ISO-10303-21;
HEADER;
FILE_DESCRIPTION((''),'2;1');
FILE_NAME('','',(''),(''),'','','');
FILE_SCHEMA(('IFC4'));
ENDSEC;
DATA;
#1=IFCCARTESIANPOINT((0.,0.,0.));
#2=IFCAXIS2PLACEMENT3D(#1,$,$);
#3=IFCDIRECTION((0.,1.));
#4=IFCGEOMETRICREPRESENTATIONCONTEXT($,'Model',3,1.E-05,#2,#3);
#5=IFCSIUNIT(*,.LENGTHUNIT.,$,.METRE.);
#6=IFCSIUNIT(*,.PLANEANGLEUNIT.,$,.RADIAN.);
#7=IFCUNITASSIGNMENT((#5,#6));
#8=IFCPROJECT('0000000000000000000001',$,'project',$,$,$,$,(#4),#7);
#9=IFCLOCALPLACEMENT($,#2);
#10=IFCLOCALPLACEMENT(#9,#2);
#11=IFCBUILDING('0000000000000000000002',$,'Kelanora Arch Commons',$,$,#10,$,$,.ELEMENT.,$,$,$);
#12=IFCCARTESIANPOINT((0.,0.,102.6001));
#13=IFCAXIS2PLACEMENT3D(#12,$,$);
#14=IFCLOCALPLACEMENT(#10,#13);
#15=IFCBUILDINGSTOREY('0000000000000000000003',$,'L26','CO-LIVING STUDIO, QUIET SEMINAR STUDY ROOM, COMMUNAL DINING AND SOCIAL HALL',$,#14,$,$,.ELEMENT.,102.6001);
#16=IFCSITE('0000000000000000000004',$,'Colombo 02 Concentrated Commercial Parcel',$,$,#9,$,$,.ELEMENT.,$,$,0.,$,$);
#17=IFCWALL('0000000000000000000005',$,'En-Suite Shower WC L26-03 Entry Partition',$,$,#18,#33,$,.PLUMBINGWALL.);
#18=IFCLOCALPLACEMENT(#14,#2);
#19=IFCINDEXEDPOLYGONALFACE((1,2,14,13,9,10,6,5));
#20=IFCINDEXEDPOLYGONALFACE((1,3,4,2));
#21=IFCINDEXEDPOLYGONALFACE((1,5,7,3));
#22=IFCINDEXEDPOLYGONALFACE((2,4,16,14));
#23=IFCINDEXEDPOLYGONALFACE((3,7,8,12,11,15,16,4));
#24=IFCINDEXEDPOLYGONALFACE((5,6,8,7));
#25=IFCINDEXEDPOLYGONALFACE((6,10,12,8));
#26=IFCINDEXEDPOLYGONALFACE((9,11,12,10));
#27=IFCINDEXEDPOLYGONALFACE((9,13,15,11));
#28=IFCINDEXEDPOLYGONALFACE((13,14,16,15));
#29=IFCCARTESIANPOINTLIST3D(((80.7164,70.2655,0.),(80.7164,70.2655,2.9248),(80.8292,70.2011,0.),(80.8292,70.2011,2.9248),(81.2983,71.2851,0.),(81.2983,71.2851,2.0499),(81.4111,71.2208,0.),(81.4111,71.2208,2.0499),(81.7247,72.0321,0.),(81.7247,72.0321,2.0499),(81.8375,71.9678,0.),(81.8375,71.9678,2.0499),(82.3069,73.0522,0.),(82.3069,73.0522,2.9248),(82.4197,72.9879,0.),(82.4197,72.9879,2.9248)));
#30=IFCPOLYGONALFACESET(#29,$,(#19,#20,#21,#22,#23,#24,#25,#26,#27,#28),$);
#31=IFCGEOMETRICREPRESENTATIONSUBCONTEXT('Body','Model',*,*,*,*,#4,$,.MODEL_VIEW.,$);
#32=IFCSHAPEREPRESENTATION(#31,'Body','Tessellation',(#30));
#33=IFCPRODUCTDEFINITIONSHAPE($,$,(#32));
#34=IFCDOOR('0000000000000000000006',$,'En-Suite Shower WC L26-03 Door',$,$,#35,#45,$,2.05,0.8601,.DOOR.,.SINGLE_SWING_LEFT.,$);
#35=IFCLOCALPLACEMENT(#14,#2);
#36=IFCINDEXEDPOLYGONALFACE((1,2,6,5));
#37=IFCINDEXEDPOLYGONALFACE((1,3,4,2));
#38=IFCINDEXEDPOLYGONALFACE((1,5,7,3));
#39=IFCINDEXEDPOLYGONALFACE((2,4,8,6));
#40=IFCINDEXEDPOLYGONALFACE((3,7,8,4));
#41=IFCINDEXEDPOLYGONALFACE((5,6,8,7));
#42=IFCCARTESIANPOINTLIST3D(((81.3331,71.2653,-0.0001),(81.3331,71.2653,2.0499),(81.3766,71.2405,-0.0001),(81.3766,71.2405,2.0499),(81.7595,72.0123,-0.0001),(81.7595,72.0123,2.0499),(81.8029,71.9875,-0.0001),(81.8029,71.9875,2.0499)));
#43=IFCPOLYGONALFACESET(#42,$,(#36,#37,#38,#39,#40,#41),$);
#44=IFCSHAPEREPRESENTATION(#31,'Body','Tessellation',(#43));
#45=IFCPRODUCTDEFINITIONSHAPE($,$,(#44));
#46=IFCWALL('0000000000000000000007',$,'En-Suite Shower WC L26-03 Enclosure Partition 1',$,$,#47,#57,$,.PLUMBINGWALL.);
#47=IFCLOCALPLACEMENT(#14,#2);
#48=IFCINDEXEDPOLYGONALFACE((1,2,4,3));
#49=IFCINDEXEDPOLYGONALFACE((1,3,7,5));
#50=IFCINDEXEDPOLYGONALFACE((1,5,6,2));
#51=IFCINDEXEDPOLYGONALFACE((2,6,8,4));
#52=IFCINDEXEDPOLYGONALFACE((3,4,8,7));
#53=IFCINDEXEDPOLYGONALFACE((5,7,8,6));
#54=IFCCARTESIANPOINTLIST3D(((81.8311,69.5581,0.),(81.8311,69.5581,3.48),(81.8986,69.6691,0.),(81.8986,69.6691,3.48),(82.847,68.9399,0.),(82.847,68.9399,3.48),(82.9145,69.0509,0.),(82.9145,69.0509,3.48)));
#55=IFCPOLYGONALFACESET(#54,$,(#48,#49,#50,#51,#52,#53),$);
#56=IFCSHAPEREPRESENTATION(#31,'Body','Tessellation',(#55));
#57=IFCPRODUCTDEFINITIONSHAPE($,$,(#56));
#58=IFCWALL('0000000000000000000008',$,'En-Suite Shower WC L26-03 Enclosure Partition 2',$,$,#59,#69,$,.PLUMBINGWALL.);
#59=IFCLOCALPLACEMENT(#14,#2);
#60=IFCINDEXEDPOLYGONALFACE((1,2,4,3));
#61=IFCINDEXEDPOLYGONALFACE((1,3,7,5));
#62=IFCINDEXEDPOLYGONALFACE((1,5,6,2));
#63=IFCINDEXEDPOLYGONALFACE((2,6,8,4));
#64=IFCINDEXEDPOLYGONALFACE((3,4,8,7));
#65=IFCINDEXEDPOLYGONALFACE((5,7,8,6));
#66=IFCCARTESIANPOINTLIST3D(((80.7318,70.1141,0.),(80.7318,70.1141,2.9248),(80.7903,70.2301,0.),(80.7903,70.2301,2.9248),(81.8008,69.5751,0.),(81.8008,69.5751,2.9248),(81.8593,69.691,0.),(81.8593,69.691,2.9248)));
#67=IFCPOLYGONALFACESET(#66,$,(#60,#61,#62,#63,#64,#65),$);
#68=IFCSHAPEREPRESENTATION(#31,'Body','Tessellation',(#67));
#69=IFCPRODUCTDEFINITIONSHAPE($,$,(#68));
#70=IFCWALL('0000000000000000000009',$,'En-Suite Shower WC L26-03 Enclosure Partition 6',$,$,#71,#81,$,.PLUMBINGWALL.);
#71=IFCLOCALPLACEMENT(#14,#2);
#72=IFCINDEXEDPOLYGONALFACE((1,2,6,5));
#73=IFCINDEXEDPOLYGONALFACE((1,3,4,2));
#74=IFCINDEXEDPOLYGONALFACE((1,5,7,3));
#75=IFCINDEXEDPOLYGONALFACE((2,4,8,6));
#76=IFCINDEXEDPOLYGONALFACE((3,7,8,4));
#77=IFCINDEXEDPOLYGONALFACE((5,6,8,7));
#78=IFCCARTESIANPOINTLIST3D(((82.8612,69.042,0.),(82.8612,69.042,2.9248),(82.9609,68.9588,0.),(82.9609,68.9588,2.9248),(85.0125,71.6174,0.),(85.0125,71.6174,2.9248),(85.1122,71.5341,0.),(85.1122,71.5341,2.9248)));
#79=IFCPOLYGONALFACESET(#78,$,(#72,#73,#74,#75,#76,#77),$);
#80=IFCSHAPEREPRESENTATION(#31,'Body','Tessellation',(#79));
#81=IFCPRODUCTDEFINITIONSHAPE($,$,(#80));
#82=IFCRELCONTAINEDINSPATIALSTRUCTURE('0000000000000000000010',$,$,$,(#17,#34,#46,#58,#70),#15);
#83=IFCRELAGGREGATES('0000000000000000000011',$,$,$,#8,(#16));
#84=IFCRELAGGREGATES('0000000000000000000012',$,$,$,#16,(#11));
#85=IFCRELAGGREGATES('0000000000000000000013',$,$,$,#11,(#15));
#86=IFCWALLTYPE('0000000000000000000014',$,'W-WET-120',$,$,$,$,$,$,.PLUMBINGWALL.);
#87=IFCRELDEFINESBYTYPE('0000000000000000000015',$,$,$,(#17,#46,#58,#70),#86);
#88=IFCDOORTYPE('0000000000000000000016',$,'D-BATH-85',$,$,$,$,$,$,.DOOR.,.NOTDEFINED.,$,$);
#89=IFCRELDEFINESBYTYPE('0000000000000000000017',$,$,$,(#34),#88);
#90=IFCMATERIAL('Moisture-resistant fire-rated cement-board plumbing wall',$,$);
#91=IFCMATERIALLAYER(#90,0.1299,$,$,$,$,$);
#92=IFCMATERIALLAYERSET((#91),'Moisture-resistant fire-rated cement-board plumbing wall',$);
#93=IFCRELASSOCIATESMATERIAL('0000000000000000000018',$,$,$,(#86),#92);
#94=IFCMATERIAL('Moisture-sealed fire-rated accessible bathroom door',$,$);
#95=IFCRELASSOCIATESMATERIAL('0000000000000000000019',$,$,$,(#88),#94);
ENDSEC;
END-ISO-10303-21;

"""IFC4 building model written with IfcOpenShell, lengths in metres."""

from ifc_helpers import new_model, si_unit, direction, frame, frame_2d, origin, place, context, subcontext, project, spatial, rectangle, extrude, material, layer, layer_set, type_object, element, fill, save


model = new_model("IFC4")

# Units and contexts
model_context = context("Model", 3, precision=1e-05, world=origin(), true_north=direction((0.0, 1.0)))
body_context = subcontext(model_context, "Body", "Model", "MODEL_VIEW")
ifc_project = project(units=[si_unit("LENGTHUNIT", "METRE"), si_unit("PLANEANGLEUNIT", "RADIAN")], contexts=[model_context])

# Site, building, storey
site_placement = place(None, origin())
site = spatial("IfcSite", under=ifc_project, at=site_placement, Name="Colombo 02 Concentrated Commercial Parcel", CompositionType="ELEMENT", RefElevation=0.0)
building_placement = place(site_placement, origin())
building = spatial("IfcBuilding", under=site, at=building_placement, Name="Kelanora Arch Commons", CompositionType="ELEMENT")
storey_placement = place(building_placement, frame((0.0, 0.0, 102.6001)))
storey = spatial("IfcBuildingStorey", under=building, at=storey_placement, Name="L26", Description="CO-LIVING STUDIO, QUIET SEMINAR STUDY ROOM, COMMUNAL DINING AND SOCIAL HALL", CompositionType="ELEMENT", Elevation=102.6001)

# Wall, opening, door
ifc_material_1 = material(Name="Moisture-resistant fire-rated cement-board plumbing wall")
ifc_layer_1 = layer(ifc_material_1, 0.1299)
ifc_layer_set_1 = layer_set([ifc_layer_1], Name="Moisture-resistant fire-rated cement-board plumbing wall")
wall_type_1 = type_object("IfcWallType", Name="W-WET-120", PredefinedType="PLUMBINGWALL", material=ifc_layer_set_1)
wall_1_placement = place(storey_placement, frame((80.7727, 70.2332, 0.0), z_axis=(0.0, 0.0, 1.0), x_axis=(0.495688, 0.868501, 0.0)))
wall_1 = element("IfcWall", 1, at=wall_1_placement, inside=storey, type_object=wall_type_1, Name="En-Suite Shower WC L26-03 Entry Partition", PredefinedType="PLUMBINGWALL", context=body_context, shape_type="SweptSolid", body=[
    extrude(rectangle(XDim=3.2087, YDim=0.1299, at=frame_2d((1.6045, 0.0))), origin(), (0.0, 0.0, 1.0), 2.9248),
])
opening_1_placement = place(wall_1_placement, frame((1.1741, 0.0, 0.0)))
opening_1 = element("IfcOpeningElement", 2, at=opening_1_placement, cuts=wall_1, PredefinedType="OPENING", context=body_context, shape_type="SweptSolid", body=[
    extrude(rectangle(XDim=0.8601, YDim=2.05, at=frame_2d((0.4302, 1.0249))), frame((0.0, 0.075, 0.0), z_axis=(0.0, -1.0, 0.0), x_axis=(1.0, 0.0, 0.0)), (0.0, 0.0, 1.0), 0.1499),
])
ifc_material_2 = material(Name="Moisture-sealed fire-rated accessible bathroom door")
door_type_1 = type_object("IfcDoorType", Name="D-BATH-85", OperationType="NOTDEFINED", PredefinedType="DOOR", material=ifc_material_2)
door_1_placement = place(opening_1_placement, origin())
door_1 = element("IfcDoor", 3, at=door_1_placement, inside=storey, type_object=door_type_1, Name="En-Suite Shower WC L26-03 Door", OperationType="SINGLE_SWING_LEFT", OverallHeight=2.05, OverallWidth=0.8601, PredefinedType="DOOR", context=body_context, shape_type="SweptSolid", body=[
    extrude(rectangle(XDim=0.8601, YDim=2.05, at=frame_2d((0.4302, 1.0249))), frame((0.0, 0.0249, 0.0), z_axis=(0.0, -1.0, 0.0), x_axis=(1.0, 0.0, 0.0)), (0.0, 0.0, 1.0), 0.05),
])
fill(opening_1, door_1)

# Walls
wall_2_placement = place(storey_placement, frame((82.8809, 68.9954, 0.0), z_axis=(0.0, 0.0, 1.0), x_axis=(-0.85427, 0.51983, 0.0)))
element("IfcWall", 4, at=wall_2_placement, inside=storey, type_object=wall_type_1, Name="En-Suite Shower WC L26-03 Enclosure Partition 1", PredefinedType="PLUMBINGWALL", context=body_context, shape_type="SweptSolid", body=[
    extrude(rectangle(XDim=1.1892, YDim=0.1299, at=frame_2d((0.5947, 0.0))), origin(), (0.0, 0.0, 1.0), 3.48),
])
wall_3_placement = place(storey_placement, frame((81.8301, 69.6331, 0.0), z_axis=(0.0, 0.0, 1.0), x_axis=(-0.892913, 0.450229, 0.0)))
element("IfcWall", 5, at=wall_3_placement, inside=storey, type_object=wall_type_1, Name="En-Suite Shower WC L26-03 Enclosure Partition 2", PredefinedType="PLUMBINGWALL", context=body_context, shape_type="SweptSolid", body=[
    extrude(rectangle(XDim=1.1973, YDim=0.1299, at=frame_2d((0.5986, 0.0))), origin(), (0.0, 0.0, 1.0), 2.9248),
])
wall_4_placement = place(storey_placement, frame((85.0623, 71.5757, 0.0), z_axis=(0.0, 0.0, 1.0), x_axis=(-0.641093, -0.767463, 0.0)))
element("IfcWall", 6, at=wall_4_placement, inside=storey, type_object=wall_type_1, Name="En-Suite Shower WC L26-03 Enclosure Partition 6", PredefinedType="PLUMBINGWALL", context=body_context, shape_type="SweptSolid", body=[
    extrude(rectangle(XDim=3.3557, YDim=0.1299, at=frame_2d((1.6777, 0.0))), origin(), (0.0, 0.0, 1.0), 2.9248),
])

save(model, "model.ifc")
